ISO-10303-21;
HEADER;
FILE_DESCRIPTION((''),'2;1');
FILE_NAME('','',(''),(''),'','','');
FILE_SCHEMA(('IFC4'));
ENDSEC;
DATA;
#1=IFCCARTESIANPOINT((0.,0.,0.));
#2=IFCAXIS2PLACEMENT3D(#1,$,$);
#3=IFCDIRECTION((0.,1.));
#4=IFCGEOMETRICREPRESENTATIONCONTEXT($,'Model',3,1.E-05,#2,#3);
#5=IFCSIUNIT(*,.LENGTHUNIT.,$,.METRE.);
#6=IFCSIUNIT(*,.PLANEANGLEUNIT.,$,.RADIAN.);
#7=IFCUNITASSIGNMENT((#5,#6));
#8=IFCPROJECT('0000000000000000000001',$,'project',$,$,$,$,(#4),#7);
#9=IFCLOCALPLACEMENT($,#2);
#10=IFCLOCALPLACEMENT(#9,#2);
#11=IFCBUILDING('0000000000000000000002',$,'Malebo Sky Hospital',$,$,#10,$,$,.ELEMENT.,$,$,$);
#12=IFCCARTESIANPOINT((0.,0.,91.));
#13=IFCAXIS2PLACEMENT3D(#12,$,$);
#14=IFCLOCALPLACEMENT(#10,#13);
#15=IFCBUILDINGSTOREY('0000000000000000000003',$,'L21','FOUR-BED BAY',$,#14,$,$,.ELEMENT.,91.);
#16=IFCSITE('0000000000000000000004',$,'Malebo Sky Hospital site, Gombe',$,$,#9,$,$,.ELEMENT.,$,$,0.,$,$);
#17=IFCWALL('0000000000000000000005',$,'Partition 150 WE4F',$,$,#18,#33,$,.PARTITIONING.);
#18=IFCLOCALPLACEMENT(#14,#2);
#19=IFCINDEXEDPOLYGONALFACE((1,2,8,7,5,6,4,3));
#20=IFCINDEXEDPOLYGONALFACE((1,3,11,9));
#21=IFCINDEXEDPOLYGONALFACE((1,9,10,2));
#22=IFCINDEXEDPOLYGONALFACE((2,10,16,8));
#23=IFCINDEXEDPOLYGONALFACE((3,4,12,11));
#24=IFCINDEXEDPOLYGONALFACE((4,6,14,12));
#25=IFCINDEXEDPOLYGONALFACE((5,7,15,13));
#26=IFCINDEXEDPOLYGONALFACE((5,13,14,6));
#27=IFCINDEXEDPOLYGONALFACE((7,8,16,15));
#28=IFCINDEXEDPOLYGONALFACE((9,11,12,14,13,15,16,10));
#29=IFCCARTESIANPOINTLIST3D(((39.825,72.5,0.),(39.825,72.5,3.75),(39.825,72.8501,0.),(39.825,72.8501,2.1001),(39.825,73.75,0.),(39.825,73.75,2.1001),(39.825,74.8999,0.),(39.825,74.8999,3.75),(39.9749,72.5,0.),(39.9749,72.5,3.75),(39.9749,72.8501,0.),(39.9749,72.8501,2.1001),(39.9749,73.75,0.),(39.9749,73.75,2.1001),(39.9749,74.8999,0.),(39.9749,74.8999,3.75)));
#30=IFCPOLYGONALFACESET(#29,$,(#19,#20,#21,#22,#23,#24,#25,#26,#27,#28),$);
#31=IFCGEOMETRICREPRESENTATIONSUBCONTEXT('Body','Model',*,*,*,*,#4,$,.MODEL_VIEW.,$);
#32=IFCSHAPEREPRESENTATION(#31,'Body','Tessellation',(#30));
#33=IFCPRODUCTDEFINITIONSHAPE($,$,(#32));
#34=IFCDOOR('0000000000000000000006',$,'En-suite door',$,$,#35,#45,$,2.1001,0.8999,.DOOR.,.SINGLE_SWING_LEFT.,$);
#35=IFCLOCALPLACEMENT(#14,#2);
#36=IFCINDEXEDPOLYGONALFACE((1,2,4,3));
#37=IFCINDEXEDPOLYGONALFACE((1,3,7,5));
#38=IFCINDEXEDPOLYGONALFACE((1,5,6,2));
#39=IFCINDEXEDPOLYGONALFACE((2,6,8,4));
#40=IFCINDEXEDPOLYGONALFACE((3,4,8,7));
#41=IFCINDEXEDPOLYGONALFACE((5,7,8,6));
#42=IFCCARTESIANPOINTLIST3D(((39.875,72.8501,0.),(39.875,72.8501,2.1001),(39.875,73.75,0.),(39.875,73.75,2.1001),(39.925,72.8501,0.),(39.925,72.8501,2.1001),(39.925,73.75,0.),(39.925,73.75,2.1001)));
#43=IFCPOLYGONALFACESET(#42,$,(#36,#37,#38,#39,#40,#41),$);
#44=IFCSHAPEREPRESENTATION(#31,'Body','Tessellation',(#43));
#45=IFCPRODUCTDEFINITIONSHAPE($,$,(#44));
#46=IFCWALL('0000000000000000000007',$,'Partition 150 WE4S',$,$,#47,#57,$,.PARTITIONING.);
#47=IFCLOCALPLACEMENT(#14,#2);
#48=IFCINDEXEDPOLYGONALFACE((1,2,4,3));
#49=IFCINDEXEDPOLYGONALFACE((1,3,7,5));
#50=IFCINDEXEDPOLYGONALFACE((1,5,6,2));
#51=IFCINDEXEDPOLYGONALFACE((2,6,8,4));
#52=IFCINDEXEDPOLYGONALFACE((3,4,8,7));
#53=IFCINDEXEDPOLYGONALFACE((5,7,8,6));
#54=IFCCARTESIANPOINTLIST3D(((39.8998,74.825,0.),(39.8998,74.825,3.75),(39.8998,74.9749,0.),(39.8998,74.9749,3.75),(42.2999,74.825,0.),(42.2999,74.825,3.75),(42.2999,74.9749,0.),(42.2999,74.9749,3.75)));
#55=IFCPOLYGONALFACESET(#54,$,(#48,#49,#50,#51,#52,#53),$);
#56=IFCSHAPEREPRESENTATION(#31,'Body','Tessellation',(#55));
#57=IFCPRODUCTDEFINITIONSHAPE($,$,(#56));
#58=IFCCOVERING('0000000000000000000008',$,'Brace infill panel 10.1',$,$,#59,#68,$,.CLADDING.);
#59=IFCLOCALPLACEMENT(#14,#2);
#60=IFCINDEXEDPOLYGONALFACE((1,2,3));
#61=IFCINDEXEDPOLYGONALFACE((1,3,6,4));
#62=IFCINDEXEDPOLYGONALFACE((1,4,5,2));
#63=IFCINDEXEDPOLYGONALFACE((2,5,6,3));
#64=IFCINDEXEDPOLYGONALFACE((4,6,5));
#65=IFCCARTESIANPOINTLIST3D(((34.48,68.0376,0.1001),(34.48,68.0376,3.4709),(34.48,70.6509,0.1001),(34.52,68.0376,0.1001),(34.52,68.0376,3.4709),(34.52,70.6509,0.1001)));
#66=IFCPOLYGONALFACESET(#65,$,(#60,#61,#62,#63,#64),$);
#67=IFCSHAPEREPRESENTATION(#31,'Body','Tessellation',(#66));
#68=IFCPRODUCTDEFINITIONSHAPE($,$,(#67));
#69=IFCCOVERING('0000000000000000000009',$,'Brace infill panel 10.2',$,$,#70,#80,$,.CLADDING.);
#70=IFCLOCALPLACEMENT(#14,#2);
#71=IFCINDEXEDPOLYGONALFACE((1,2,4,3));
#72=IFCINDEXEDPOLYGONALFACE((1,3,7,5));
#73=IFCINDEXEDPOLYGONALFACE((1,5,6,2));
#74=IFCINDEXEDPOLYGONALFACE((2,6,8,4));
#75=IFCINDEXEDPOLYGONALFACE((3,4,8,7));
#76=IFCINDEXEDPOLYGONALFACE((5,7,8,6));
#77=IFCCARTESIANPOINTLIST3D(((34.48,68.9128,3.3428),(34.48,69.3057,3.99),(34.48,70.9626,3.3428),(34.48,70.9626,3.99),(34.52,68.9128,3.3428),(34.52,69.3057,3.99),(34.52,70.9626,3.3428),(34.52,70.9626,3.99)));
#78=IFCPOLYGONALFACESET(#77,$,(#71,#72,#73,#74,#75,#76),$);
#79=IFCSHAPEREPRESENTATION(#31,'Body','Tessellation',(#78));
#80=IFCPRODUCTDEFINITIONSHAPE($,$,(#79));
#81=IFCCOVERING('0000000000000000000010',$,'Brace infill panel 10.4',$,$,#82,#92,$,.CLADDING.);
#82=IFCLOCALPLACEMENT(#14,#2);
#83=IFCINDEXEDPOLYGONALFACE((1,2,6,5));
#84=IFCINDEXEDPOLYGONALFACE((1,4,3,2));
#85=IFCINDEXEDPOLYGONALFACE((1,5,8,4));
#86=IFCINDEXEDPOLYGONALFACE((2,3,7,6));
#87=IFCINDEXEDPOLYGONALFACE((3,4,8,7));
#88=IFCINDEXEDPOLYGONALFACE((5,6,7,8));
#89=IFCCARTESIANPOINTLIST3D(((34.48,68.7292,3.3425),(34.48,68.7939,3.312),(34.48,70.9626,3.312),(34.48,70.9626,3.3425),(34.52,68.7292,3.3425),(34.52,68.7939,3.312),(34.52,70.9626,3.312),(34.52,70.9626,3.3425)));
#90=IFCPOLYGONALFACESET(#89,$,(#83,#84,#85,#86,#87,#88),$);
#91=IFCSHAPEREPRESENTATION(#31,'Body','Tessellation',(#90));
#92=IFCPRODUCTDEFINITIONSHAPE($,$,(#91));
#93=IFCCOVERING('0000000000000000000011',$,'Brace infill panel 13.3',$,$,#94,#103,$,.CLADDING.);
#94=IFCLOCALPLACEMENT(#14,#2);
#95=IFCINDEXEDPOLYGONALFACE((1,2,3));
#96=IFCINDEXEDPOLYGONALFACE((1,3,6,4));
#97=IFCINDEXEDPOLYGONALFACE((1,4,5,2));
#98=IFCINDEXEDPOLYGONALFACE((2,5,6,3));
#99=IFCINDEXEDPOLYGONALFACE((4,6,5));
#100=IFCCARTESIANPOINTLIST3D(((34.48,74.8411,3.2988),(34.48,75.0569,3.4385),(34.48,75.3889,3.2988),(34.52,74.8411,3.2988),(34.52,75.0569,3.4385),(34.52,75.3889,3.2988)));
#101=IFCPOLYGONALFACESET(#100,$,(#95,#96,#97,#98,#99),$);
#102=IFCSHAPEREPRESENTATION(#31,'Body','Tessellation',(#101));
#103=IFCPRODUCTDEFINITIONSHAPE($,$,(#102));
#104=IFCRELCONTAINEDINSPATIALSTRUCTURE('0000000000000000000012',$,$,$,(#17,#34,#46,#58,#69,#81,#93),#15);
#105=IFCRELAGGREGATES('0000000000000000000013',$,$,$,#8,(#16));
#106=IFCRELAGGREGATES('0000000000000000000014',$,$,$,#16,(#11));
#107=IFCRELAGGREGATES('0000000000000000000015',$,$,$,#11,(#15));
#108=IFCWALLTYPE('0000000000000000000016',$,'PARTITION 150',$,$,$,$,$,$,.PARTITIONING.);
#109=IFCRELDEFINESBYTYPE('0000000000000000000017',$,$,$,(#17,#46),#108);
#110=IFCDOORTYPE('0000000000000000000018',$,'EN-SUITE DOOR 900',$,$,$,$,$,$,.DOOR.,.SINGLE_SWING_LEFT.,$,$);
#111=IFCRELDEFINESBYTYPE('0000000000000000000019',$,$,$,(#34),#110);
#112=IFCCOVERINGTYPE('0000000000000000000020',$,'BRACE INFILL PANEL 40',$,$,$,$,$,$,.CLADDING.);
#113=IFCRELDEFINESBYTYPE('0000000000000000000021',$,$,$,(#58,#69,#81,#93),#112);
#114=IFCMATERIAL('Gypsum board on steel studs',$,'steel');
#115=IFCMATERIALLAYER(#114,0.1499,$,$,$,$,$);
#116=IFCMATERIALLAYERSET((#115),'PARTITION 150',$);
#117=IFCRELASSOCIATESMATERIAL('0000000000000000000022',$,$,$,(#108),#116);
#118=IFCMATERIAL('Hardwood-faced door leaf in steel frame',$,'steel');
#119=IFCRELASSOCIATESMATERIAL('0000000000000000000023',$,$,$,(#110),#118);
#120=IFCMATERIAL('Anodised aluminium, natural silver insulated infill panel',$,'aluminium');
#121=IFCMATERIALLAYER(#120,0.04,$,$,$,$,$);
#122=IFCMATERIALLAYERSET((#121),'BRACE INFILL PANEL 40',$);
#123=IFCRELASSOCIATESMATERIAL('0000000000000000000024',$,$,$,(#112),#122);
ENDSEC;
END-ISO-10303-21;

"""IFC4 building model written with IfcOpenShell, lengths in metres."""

from ifc_helpers import new_model, si_unit, direction, frame, frame_2d, origin, place, context, subcontext, project, spatial, polyline, rectangle, outline, extrude, material, layer, layer_set, type_object, element, fill, save


model = new_model("IFC4")

# Units and contexts
model_context = context("Model", 3, precision=1e-05, world=origin(), true_north=direction((0.0, 1.0)))
body_context = subcontext(model_context, "Body", "Model", "MODEL_VIEW")
ifc_project = project(units=[si_unit("LENGTHUNIT", "METRE"), si_unit("PLANEANGLEUNIT", "RADIAN")], contexts=[model_context])

# Site, building, storey
site_placement = place(None, origin())
site = spatial("IfcSite", under=ifc_project, at=site_placement, Name="Malebo Sky Hospital site, Gombe", CompositionType="ELEMENT", RefElevation=0.0)
building_placement = place(site_placement, origin())
building = spatial("IfcBuilding", under=site, at=building_placement, Name="Malebo Sky Hospital", CompositionType="ELEMENT")
storey_placement = place(building_placement, frame((0.0, 0.0, 91.0)))
storey = spatial("IfcBuildingStorey", under=building, at=storey_placement, Name="L21", Description="FOUR-BED BAY", CompositionType="ELEMENT", Elevation=91.0)

# Shared definitions
ifc_material_1 = material(Name="Gypsum board on steel studs", Category="steel")
ifc_layer_1 = layer(ifc_material_1, 0.1499)
ifc_layer_set_1 = layer_set([ifc_layer_1], Name="PARTITION 150")
wall_type = type_object("IfcWallType", Name="PARTITION 150", PredefinedType="PARTITIONING", material=ifc_layer_set_1)

# Wall, opening, door
wall_1_placement = place(storey_placement, frame((39.8999, 72.5, 0.0), z_axis=(0.0, 0.0, 1.0), x_axis=(0.0, 1.0, 0.0)))
wall_1 = element("IfcWall", 1, at=wall_1_placement, inside=storey, type_object=wall_type, Name="Partition 150 WE4F", PredefinedType="PARTITIONING", context=body_context, shape_type="SweptSolid", body=[
    extrude(rectangle(XDim=2.3999, YDim=0.1499, at=frame_2d((1.2, 0.0))), origin(), (0.0, 0.0, 1.0), 3.75),
])
opening_placement = place(wall_1_placement, frame((0.3501, 0.0, 0.0)))
opening = element("IfcOpeningElement", 2, at=opening_placement, cuts=wall_1, PredefinedType="OPENING", context=body_context, shape_type="SweptSolid", body=[
    extrude(rectangle(XDim=0.8999, YDim=2.1001, at=frame_2d((0.45, 1.05))), frame((0.0, 0.085, 0.0), z_axis=(0.0, -1.0, 0.0), x_axis=(1.0, 0.0, 0.0)), (0.0, 0.0, 1.0), 0.1699),
])
ifc_material_2 = material(Name="Hardwood-faced door leaf in steel frame", Category="steel")
door_type = type_object("IfcDoorType", Name="EN-SUITE DOOR 900", OperationType="SINGLE_SWING_LEFT", PredefinedType="DOOR", material=ifc_material_2)
door_placement = place(opening_placement, origin())
door = element("IfcDoor", 3, at=door_placement, inside=storey, type_object=door_type, Name="En-suite door", OperationType="SINGLE_SWING_LEFT", OverallHeight=2.1001, OverallWidth=0.8999, PredefinedType="DOOR", context=body_context, shape_type="SweptSolid", body=[
    extrude(rectangle(XDim=0.8999, YDim=2.1001, at=frame_2d((0.45, 1.05))), frame((0.0, 0.0249, 0.0), z_axis=(0.0, -1.0, 0.0), x_axis=(1.0, 0.0, 0.0)), (0.0, 0.0, 1.0), 0.05),
])
fill(opening, door)

# Wall
wall_2_placement = place(storey_placement, frame((42.3, 74.8999, 0.0), z_axis=(0.0, 0.0, 1.0), x_axis=(-1.0, 0.0, 0.0)))
element("IfcWall", 4, at=wall_2_placement, inside=storey, type_object=wall_type, Name="Partition 150 WE4S", PredefinedType="PARTITIONING", context=body_context, shape_type="SweptSolid", body=[
    extrude(rectangle(XDim=2.4001, YDim=0.1499, at=frame_2d((1.2002, 0.0))), origin(), (0.0, 0.0, 1.0), 3.75),
])

# Coverings
ifc_material_3 = material(Name="Anodised aluminium, natural silver insulated infill panel", Category="aluminium")
ifc_layer_2 = layer(ifc_material_3, 0.04)
ifc_layer_set_2 = layer_set([ifc_layer_2], Name="BRACE INFILL PANEL 40")
covering_type = type_object("IfcCoveringType", Name="BRACE INFILL PANEL 40", PredefinedType="CLADDING", material=ifc_layer_set_2)
covering_1_placement = place(storey_placement, frame((34.5, 69.3442, 0.1001), z_axis=(0.0, 0.0, 1.0), x_axis=(0.0, 1.0, 0.0)))
element("IfcCovering", 5, at=covering_1_placement, inside=storey, type_object=covering_type, Name="Brace infill panel 10.1", PredefinedType="CLADDING", context=body_context, shape_type="SweptSolid", body=[
    extrude(outline(polyline([(-1.3066, 0.0), (1.3066, 0.0), (-1.3066, 3.3708), (-1.3066, 0.0)])), frame((0.0, 0.02, 0.0), z_axis=(0.0, -1.0, 0.0), x_axis=(1.0, 0.0, 0.0)), (0.0, 0.0, 1.0), 0.04),
])
covering_2_placement = place(storey_placement, frame((34.5, 69.9377, 3.3428), z_axis=(0.0, 0.0, 1.0), x_axis=(0.0, 1.0, 0.0)))
element("IfcCovering", 6, at=covering_2_placement, inside=storey, type_object=covering_type, Name="Brace infill panel 10.2", PredefinedType="CLADDING", context=body_context, shape_type="SweptSolid", body=[
    extrude(outline(polyline([(-1.0249, 0.0), (1.0249, 0.0), (1.0249, 0.6472), (-0.6321, 0.6472), (-1.0249, 0.0)])), frame((0.0, 0.02, 0.0), z_axis=(0.0, -1.0, 0.0), x_axis=(1.0, 0.0, 0.0)), (0.0, 0.0, 1.0), 0.04),
])
covering_3_placement = place(storey_placement, frame((34.5, 69.8459, 3.312), z_axis=(0.0, 0.0, 1.0), x_axis=(0.0, 1.0, 0.0)))
element("IfcCovering", 7, at=covering_3_placement, inside=storey, type_object=covering_type, Name="Brace infill panel 10.4", PredefinedType="CLADDING", context=body_context, shape_type="SweptSolid", body=[
    extrude(outline(polyline([(-1.052, 0.0), (1.1167, 0.0), (1.1167, 0.0305), (-1.1167, 0.0305), (-1.052, 0.0)])), frame((0.0, 0.02, 0.0), z_axis=(0.0, -1.0, 0.0), x_axis=(1.0, 0.0, 0.0)), (0.0, 0.0, 1.0), 0.04),
])
covering_4_placement = place(storey_placement, frame((34.5, 75.115, 3.2988), z_axis=(0.0, 0.0, 1.0), x_axis=(0.0, 1.0, 0.0)))
element("IfcCovering", 8, at=covering_4_placement, inside=storey, type_object=covering_type, Name="Brace infill panel 13.3", PredefinedType="CLADDING", context=body_context, shape_type="SweptSolid", body=[
    extrude(outline(polyline([(-0.2739, 0.0), (0.2739, 0.0), (-0.0581, 0.1396), (-0.2739, 0.0)])), frame((0.0, 0.02, 0.0), z_axis=(0.0, -1.0, 0.0), x_axis=(1.0, 0.0, 0.0)), (0.0, 0.0, 1.0), 0.04),
])

save(model, "model.ifc")
